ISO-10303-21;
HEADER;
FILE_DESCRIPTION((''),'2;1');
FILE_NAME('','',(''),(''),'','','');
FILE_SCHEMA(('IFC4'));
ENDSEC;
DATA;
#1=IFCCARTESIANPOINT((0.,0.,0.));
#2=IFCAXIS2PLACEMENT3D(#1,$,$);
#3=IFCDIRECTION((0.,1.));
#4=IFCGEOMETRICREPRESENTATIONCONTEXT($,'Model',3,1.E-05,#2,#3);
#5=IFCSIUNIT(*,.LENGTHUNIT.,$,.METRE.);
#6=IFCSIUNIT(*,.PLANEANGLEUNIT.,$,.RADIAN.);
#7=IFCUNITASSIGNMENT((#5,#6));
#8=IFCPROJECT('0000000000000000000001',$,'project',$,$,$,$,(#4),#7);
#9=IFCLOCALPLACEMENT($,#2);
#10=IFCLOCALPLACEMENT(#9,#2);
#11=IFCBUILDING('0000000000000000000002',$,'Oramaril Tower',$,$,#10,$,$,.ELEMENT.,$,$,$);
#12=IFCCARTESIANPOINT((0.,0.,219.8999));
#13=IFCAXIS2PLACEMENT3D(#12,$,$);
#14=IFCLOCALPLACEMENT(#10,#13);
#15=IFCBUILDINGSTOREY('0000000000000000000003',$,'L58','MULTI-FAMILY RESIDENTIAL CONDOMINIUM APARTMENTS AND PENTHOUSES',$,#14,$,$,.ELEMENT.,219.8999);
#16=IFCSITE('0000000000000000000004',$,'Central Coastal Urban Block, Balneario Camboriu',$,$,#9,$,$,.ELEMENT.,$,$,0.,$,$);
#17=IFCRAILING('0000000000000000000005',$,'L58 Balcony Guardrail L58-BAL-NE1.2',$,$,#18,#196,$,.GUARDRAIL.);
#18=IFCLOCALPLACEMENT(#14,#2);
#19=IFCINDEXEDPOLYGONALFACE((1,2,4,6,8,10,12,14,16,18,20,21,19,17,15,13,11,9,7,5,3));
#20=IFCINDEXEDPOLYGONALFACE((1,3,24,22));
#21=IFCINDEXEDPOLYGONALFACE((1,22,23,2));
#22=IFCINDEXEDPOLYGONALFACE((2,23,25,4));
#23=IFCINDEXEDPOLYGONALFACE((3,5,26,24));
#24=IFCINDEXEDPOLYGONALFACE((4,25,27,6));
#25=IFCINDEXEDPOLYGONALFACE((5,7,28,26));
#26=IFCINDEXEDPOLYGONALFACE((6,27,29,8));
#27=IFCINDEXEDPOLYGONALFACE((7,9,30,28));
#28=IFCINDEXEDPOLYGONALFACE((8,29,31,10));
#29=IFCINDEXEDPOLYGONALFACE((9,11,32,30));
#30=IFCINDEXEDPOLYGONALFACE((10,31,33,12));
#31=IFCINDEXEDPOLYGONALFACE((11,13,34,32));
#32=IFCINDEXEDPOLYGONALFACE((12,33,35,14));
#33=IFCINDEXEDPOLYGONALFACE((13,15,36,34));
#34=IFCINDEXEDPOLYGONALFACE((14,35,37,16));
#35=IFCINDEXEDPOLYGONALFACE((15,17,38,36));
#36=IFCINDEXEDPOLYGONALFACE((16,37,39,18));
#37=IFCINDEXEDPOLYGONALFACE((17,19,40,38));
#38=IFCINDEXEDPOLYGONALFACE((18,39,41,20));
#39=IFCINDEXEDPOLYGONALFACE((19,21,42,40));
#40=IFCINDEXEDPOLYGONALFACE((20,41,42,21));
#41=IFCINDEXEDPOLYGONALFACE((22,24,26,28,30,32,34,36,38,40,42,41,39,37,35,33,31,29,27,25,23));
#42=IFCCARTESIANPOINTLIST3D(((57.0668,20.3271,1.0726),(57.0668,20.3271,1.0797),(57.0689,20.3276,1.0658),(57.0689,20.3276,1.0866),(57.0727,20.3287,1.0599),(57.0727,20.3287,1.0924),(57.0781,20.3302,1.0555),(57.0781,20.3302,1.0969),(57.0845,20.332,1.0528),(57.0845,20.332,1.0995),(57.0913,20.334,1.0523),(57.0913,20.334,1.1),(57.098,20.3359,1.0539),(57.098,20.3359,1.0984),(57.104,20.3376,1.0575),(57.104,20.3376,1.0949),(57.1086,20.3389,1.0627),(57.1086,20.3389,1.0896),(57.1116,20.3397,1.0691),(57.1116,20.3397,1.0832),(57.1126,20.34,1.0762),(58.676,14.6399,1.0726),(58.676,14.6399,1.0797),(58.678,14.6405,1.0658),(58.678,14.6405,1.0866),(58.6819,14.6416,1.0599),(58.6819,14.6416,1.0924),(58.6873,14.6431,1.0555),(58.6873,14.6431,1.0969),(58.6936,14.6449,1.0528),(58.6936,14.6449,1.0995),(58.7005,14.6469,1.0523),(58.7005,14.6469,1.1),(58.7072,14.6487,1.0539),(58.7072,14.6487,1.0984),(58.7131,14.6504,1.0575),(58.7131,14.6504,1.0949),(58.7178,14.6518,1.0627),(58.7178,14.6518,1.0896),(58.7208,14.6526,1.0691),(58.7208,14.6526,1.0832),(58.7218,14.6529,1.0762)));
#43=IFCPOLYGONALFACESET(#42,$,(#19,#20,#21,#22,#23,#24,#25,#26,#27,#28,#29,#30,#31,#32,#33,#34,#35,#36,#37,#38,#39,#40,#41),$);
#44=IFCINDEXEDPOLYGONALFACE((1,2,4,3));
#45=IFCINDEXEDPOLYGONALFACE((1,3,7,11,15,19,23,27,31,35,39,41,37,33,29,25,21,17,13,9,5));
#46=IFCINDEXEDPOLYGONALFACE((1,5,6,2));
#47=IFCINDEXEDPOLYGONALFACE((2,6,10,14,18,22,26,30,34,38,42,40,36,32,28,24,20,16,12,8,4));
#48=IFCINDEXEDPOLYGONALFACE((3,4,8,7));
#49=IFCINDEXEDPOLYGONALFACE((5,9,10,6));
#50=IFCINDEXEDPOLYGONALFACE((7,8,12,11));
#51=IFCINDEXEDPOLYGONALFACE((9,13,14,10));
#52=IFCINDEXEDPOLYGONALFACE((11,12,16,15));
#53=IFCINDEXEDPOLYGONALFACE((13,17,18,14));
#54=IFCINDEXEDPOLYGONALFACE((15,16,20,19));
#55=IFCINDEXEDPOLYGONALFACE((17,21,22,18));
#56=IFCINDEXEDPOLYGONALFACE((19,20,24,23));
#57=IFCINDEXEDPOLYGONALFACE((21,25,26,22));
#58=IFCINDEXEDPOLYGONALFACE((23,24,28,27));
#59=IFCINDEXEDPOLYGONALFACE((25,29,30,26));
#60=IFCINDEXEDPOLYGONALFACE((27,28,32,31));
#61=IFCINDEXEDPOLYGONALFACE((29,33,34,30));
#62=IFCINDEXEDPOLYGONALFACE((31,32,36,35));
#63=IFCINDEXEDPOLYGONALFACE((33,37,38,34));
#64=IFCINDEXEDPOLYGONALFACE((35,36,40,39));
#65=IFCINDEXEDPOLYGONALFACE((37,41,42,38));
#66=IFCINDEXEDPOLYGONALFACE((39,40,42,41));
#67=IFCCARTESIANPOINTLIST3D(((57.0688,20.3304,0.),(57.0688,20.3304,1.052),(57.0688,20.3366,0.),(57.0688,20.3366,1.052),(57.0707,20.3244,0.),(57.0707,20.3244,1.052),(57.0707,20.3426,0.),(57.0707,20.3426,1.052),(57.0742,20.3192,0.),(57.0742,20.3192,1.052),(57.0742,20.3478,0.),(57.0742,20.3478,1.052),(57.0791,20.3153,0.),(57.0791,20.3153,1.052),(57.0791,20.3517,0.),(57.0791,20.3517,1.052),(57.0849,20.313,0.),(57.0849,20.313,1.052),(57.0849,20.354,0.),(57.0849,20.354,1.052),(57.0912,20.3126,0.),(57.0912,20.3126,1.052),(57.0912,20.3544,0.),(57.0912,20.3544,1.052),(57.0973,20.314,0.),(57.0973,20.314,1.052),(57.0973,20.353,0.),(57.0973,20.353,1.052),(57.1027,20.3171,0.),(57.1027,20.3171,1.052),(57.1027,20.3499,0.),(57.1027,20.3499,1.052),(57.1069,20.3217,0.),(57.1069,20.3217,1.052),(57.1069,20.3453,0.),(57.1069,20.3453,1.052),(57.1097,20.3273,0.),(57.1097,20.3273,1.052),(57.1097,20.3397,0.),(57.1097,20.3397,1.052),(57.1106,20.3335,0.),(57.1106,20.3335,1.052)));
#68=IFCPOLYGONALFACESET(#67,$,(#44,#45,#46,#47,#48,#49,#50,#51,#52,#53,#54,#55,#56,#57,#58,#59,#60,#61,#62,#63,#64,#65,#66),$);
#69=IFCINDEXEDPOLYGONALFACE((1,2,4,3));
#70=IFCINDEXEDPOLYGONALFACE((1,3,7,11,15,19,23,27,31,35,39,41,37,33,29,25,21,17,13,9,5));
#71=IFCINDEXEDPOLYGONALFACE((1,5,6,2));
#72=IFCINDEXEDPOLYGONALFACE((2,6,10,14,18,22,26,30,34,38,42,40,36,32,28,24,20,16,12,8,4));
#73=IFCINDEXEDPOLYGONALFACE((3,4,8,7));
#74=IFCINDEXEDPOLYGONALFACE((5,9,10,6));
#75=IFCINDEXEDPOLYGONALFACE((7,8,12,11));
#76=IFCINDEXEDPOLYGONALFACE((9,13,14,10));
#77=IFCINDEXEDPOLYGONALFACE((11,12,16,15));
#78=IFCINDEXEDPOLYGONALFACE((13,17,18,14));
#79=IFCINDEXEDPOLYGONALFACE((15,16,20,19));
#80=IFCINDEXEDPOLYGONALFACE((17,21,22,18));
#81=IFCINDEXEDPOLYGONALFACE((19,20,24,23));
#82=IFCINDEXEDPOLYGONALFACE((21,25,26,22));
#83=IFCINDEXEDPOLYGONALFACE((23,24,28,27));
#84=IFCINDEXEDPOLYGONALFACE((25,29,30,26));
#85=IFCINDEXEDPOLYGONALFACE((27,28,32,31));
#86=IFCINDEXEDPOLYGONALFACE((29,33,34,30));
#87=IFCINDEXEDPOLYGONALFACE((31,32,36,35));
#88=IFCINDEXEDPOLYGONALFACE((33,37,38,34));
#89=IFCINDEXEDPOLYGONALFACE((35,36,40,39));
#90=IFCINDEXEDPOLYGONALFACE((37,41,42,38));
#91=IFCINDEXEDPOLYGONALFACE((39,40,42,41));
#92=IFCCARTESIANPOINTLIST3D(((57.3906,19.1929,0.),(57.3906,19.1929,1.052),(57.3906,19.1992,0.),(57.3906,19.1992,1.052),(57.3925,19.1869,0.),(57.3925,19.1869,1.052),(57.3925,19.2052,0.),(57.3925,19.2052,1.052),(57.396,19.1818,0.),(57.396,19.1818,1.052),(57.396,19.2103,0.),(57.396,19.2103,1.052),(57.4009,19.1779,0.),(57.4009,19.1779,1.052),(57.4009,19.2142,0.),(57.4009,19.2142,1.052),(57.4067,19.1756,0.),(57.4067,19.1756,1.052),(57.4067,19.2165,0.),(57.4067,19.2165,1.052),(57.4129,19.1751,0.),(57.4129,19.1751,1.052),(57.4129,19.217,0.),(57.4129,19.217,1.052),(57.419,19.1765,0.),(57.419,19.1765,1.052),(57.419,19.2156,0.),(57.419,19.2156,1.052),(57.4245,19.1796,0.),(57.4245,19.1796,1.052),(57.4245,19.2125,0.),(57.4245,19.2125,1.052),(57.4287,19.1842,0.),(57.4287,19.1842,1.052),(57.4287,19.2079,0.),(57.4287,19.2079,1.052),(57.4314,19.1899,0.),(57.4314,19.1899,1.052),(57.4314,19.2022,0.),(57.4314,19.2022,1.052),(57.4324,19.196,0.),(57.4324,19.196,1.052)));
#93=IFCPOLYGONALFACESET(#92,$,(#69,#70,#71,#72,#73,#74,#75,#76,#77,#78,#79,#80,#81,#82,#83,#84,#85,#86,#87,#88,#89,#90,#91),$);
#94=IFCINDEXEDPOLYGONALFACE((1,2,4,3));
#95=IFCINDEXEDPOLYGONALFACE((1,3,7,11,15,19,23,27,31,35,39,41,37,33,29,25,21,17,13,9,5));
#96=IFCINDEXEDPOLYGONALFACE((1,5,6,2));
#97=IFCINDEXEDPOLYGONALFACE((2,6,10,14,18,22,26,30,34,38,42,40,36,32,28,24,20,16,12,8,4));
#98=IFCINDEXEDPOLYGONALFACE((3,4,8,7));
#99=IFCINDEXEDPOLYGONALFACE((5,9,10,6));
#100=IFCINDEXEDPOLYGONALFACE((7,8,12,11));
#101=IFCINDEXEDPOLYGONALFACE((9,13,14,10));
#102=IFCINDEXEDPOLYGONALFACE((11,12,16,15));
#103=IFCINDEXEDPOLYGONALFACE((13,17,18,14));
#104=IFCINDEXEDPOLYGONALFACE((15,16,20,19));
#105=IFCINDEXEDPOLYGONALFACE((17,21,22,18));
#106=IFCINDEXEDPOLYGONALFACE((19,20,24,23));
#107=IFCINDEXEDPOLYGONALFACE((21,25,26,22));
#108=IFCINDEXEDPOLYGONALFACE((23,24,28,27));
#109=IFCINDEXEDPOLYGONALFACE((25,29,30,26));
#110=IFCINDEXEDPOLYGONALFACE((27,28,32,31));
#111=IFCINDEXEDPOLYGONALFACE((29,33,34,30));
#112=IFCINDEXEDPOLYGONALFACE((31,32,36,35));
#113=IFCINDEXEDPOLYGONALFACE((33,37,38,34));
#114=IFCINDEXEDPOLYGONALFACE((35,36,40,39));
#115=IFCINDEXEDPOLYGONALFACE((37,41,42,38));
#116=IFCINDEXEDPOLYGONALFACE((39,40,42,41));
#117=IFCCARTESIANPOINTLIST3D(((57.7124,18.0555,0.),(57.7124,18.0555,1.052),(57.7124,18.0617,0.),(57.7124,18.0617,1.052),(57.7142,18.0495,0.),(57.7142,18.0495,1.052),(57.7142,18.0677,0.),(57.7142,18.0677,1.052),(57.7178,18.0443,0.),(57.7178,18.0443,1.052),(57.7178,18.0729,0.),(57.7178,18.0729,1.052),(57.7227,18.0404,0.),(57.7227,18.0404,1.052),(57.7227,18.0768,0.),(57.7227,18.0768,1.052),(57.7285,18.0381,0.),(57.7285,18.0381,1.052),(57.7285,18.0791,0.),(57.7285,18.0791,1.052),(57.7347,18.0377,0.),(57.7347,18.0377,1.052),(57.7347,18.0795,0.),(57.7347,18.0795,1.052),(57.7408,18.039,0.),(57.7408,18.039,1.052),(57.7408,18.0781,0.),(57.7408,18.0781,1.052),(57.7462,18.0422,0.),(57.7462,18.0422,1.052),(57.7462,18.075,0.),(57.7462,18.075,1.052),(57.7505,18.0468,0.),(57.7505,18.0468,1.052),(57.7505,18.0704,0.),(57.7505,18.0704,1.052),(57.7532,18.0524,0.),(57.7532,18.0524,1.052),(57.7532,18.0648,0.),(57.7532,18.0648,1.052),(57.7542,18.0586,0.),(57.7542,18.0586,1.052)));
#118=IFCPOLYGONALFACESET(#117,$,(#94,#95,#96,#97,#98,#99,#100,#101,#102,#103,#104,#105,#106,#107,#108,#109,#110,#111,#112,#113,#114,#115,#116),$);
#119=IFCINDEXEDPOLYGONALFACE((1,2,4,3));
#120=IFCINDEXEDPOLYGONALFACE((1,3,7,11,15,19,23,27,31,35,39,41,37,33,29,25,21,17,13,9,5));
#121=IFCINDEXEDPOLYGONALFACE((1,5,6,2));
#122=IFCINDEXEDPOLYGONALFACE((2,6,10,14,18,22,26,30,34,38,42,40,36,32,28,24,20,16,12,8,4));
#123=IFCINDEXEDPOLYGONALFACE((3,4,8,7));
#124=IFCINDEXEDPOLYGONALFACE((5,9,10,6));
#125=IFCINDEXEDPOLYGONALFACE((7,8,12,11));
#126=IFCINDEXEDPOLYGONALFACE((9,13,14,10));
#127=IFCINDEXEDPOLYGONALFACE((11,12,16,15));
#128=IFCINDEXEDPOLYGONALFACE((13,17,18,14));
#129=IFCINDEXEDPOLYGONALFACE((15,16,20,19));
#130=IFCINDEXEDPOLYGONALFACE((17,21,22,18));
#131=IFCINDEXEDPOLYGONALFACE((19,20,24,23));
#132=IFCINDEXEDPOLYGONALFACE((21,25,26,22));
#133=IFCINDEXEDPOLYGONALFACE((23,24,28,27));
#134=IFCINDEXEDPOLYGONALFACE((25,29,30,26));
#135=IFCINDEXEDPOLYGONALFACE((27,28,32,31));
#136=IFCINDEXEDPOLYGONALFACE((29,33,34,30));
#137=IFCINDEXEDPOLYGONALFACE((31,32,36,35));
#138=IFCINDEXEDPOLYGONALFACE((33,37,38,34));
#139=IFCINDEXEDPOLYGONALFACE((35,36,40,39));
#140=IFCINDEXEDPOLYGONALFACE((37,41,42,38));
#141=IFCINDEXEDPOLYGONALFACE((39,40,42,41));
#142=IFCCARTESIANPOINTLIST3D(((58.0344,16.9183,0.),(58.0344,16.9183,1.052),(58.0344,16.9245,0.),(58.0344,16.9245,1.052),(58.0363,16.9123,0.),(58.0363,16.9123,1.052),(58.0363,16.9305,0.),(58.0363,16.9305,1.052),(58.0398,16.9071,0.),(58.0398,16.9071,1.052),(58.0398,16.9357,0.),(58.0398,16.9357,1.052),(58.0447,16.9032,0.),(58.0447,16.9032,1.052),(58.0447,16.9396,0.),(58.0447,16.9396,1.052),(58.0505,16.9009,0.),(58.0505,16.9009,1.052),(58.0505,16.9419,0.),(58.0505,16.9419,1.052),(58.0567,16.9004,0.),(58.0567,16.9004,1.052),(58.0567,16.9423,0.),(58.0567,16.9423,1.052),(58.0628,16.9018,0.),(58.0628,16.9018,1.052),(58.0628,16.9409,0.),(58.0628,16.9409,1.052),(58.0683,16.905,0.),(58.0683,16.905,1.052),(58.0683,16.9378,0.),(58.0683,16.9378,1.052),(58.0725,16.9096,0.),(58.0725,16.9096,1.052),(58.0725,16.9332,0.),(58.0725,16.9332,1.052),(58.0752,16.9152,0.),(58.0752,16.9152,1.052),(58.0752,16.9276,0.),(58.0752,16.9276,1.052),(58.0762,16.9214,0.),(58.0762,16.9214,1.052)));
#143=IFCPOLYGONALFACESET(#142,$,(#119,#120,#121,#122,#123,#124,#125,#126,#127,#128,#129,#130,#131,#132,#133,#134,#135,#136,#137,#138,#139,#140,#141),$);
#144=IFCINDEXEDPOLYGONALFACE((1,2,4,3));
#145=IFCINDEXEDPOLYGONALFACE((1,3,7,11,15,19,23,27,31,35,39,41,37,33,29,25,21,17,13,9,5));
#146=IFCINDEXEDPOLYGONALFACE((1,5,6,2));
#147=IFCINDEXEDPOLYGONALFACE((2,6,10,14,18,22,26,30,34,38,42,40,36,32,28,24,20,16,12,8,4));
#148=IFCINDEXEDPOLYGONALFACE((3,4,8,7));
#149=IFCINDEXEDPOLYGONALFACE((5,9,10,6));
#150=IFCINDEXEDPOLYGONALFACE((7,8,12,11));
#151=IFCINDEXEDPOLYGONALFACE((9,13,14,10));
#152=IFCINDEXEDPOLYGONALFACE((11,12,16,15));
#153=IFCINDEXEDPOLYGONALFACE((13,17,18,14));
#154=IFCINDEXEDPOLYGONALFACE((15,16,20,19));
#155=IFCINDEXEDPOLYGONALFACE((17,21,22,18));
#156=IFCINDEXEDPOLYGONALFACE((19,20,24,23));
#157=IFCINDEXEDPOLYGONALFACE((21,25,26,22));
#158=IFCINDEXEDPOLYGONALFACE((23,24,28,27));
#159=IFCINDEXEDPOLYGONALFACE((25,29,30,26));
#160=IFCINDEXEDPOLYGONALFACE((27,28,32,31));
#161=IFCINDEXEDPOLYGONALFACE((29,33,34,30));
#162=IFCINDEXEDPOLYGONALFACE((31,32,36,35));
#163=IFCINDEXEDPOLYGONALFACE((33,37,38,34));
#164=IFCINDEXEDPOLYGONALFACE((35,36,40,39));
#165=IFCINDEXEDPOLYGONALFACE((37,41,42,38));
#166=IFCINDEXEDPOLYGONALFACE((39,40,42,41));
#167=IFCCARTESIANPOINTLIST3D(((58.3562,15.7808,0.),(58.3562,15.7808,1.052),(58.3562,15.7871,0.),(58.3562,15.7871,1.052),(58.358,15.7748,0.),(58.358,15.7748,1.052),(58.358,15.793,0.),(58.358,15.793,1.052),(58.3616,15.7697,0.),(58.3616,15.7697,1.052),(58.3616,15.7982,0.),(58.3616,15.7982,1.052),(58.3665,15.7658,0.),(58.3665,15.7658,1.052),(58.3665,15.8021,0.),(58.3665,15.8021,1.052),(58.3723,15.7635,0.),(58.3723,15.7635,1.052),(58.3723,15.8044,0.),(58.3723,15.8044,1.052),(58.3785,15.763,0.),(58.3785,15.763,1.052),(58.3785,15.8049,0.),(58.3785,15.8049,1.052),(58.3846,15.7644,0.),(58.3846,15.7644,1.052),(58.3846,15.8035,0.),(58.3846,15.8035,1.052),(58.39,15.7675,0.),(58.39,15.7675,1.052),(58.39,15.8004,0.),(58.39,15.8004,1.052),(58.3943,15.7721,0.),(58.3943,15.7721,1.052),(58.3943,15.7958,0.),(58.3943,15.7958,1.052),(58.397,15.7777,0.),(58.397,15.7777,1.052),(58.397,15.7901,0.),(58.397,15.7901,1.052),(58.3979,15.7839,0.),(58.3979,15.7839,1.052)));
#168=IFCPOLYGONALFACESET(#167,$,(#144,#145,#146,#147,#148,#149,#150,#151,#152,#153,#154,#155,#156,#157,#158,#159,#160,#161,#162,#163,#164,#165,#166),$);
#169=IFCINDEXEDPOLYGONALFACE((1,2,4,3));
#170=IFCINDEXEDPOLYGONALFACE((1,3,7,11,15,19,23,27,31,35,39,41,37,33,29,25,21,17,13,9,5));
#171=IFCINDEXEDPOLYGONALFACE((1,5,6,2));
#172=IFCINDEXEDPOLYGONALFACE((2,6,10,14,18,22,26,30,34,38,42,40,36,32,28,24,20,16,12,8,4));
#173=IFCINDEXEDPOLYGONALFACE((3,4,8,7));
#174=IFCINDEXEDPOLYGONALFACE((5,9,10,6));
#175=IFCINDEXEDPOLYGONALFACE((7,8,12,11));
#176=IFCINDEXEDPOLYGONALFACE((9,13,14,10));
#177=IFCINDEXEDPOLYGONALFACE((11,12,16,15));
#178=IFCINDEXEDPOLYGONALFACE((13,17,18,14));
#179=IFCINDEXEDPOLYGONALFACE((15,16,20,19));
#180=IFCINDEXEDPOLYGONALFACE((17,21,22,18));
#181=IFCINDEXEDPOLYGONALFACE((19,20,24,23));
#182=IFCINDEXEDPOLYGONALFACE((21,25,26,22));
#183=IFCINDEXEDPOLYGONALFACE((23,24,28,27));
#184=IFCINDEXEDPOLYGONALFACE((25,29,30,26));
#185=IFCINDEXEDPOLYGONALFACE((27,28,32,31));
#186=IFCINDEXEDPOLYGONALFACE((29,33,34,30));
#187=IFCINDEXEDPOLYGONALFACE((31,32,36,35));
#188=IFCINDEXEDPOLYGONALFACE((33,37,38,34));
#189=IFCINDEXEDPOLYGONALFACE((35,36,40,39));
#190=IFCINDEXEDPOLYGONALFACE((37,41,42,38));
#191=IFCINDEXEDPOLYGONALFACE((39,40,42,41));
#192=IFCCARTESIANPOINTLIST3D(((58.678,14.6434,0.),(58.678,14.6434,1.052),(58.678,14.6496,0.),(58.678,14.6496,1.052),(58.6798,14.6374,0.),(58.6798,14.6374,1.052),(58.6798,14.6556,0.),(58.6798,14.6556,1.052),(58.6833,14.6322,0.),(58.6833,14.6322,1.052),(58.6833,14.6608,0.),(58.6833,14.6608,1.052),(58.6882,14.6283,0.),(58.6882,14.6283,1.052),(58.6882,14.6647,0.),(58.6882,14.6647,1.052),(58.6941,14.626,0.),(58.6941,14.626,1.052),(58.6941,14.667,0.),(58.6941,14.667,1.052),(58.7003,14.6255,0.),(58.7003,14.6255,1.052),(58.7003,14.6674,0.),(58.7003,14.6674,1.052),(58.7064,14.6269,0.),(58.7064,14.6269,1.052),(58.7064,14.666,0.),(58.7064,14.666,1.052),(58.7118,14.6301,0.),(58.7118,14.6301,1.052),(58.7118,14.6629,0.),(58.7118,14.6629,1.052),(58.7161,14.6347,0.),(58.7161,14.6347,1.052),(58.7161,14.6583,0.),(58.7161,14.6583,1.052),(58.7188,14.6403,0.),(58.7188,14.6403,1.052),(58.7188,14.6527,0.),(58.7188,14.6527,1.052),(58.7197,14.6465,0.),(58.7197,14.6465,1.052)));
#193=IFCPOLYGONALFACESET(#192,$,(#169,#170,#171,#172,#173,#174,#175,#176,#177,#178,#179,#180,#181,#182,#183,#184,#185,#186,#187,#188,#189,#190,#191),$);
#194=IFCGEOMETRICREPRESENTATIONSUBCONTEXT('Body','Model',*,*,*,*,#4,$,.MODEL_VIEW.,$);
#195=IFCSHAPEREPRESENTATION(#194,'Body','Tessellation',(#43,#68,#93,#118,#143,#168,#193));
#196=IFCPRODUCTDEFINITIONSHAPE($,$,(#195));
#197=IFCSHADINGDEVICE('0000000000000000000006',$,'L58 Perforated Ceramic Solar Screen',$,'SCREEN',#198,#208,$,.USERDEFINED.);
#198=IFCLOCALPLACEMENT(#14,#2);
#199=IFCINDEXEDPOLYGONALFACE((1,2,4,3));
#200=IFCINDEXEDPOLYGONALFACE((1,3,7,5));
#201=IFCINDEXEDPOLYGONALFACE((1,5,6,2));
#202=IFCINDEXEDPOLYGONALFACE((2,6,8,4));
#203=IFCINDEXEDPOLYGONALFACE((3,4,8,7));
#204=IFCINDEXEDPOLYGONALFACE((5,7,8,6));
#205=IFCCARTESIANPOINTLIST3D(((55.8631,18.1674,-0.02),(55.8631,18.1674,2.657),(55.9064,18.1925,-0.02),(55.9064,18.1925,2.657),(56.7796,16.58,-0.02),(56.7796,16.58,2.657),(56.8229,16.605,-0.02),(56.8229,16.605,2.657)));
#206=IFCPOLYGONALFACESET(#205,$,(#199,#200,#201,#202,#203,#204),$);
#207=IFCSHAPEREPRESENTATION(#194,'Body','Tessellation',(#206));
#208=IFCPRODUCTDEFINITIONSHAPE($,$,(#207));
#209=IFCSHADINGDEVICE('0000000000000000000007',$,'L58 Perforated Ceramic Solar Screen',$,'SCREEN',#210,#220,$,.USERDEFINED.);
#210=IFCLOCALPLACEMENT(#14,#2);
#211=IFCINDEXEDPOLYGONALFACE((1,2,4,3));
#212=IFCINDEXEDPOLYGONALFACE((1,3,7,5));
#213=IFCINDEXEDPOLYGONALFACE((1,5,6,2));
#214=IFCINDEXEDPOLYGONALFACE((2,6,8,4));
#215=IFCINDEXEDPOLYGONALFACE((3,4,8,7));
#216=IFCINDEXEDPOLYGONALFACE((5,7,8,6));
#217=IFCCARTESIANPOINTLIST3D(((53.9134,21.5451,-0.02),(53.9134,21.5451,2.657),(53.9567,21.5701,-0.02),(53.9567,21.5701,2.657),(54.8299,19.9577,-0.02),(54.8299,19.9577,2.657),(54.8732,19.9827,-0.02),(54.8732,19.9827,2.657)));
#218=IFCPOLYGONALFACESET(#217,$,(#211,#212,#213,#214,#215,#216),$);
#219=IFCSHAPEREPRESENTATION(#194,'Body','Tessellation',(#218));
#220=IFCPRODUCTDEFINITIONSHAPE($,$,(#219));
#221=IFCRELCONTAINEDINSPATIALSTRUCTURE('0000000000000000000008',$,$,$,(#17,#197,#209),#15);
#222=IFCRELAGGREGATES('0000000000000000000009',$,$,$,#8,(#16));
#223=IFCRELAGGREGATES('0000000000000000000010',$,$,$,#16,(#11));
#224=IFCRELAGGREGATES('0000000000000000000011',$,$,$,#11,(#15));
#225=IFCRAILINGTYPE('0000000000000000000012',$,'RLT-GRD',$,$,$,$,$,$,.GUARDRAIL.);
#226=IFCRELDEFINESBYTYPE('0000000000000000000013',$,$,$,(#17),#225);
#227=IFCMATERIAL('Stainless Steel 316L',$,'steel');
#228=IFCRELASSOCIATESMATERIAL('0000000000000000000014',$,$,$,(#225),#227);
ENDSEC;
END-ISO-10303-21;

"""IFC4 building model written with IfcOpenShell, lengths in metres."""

from ifc_helpers import new_model, si_unit, direction, frame, origin, origin_2d, place, context, subcontext, project, spatial, rectangle, circle, extrude, material, type_object, element, save


model = new_model("IFC4")

# Units and contexts
model_context = context("Model", 3, precision=1e-05, world=origin(), true_north=direction((0.0, 1.0)))
body_context = subcontext(model_context, "Body", "Model", "MODEL_VIEW")
ifc_project = project(units=[si_unit("LENGTHUNIT", "METRE"), si_unit("PLANEANGLEUNIT", "RADIAN")], contexts=[model_context])

# Site, building, storey
site_placement = place(None, origin())
site = spatial("IfcSite", under=ifc_project, at=site_placement, Name="Central Coastal Urban Block, Balneario Camboriu", CompositionType="ELEMENT", RefElevation=0.0)
building_placement = place(site_placement, origin())
building = spatial("IfcBuilding", under=site, at=building_placement, Name="Oramaril Tower", CompositionType="ELEMENT")
storey_placement = place(building_placement, frame((0.0, 0.0, 219.8999)))
storey = spatial("IfcBuildingStorey", under=building, at=storey_placement, Name="L58", Description="MULTI-FAMILY RESIDENTIAL CONDOMINIUM APARTMENTS AND PENTHOUSES", CompositionType="ELEMENT", Elevation=219.8999)

# Railing
ifc_material_1 = material(Name="Stainless Steel 316L", Category="steel")
railing_type = type_object("IfcRailingType", Name="RLT-GRD", PredefinedType="GUARDRAIL", material=ifc_material_1)
railing_1_placement = place(storey_placement, frame((57.0896, 20.3335, 0.0)))
element("IfcRailing", 1, at=railing_1_placement, inside=storey, type_object=railing_type, Name="L58 Balcony Guardrail L58-BAL-NE1.2", PredefinedType="GUARDRAIL", context=body_context, shape_type="SweptSolid", body=[
    extrude(circle(Radius=0.0239, at=origin_2d()), frame((0.0, 0.0, 1.0762), z_axis=(0.27226, -0.962224, 0.0), x_axis=(0.962224, 0.27226, 0.0)), (0.0, 0.0, 1.0), 5.9104),
    extrude(circle(Radius=0.021, at=origin_2d()), origin(), (0.0, 0.0, 1.0), 1.052),
    extrude(circle(Radius=0.021, at=origin_2d()), frame((0.3218, -1.1375, 0.0)), (0.0, 0.0, 1.0), 1.052),
    extrude(circle(Radius=0.021, at=origin_2d()), frame((0.6436, -2.2749, 0.0)), (0.0, 0.0, 1.0), 1.052),
    extrude(circle(Radius=0.021, at=origin_2d()), frame((0.9656, -3.4121, 0.0)), (0.0, 0.0, 1.0), 1.052),
    extrude(circle(Radius=0.021, at=origin_2d()), frame((1.2874, -4.5496, 0.0)), (0.0, 0.0, 1.0), 1.052),
    extrude(circle(Radius=0.021, at=origin_2d()), frame((1.6091, -5.687, 0.0)), (0.0, 0.0, 1.0), 1.052),
])

# Shading devices
for number, where, z_axis, x_axis, name in (
    (2, (56.343, 17.3862, -0.02), (0.0, 0.0, 1.0), (-0.499998, 0.866026, 0.0), "L58 Perforated Ceramic Solar Screen"),
    (3, (54.3933, 20.7639, -0.02), (0.0, 0.0, 1.0), (-0.499998, 0.866026, 0.0), "L58 Perforated Ceramic Solar Screen"),
):
    element("IfcShadingDevice", number, at=place(storey_placement, frame(where, z_axis=z_axis, x_axis=x_axis)), inside=storey, Name=name, ObjectType="SCREEN", PredefinedType="USERDEFINED", context=body_context, shape_type="SweptSolid", body=[
        extrude(rectangle(XDim=1.833, YDim=0.05, at=origin_2d()), origin(), (0.0, 0.0, 1.0), 2.677),
    ])

save(model, "model.ifc")
